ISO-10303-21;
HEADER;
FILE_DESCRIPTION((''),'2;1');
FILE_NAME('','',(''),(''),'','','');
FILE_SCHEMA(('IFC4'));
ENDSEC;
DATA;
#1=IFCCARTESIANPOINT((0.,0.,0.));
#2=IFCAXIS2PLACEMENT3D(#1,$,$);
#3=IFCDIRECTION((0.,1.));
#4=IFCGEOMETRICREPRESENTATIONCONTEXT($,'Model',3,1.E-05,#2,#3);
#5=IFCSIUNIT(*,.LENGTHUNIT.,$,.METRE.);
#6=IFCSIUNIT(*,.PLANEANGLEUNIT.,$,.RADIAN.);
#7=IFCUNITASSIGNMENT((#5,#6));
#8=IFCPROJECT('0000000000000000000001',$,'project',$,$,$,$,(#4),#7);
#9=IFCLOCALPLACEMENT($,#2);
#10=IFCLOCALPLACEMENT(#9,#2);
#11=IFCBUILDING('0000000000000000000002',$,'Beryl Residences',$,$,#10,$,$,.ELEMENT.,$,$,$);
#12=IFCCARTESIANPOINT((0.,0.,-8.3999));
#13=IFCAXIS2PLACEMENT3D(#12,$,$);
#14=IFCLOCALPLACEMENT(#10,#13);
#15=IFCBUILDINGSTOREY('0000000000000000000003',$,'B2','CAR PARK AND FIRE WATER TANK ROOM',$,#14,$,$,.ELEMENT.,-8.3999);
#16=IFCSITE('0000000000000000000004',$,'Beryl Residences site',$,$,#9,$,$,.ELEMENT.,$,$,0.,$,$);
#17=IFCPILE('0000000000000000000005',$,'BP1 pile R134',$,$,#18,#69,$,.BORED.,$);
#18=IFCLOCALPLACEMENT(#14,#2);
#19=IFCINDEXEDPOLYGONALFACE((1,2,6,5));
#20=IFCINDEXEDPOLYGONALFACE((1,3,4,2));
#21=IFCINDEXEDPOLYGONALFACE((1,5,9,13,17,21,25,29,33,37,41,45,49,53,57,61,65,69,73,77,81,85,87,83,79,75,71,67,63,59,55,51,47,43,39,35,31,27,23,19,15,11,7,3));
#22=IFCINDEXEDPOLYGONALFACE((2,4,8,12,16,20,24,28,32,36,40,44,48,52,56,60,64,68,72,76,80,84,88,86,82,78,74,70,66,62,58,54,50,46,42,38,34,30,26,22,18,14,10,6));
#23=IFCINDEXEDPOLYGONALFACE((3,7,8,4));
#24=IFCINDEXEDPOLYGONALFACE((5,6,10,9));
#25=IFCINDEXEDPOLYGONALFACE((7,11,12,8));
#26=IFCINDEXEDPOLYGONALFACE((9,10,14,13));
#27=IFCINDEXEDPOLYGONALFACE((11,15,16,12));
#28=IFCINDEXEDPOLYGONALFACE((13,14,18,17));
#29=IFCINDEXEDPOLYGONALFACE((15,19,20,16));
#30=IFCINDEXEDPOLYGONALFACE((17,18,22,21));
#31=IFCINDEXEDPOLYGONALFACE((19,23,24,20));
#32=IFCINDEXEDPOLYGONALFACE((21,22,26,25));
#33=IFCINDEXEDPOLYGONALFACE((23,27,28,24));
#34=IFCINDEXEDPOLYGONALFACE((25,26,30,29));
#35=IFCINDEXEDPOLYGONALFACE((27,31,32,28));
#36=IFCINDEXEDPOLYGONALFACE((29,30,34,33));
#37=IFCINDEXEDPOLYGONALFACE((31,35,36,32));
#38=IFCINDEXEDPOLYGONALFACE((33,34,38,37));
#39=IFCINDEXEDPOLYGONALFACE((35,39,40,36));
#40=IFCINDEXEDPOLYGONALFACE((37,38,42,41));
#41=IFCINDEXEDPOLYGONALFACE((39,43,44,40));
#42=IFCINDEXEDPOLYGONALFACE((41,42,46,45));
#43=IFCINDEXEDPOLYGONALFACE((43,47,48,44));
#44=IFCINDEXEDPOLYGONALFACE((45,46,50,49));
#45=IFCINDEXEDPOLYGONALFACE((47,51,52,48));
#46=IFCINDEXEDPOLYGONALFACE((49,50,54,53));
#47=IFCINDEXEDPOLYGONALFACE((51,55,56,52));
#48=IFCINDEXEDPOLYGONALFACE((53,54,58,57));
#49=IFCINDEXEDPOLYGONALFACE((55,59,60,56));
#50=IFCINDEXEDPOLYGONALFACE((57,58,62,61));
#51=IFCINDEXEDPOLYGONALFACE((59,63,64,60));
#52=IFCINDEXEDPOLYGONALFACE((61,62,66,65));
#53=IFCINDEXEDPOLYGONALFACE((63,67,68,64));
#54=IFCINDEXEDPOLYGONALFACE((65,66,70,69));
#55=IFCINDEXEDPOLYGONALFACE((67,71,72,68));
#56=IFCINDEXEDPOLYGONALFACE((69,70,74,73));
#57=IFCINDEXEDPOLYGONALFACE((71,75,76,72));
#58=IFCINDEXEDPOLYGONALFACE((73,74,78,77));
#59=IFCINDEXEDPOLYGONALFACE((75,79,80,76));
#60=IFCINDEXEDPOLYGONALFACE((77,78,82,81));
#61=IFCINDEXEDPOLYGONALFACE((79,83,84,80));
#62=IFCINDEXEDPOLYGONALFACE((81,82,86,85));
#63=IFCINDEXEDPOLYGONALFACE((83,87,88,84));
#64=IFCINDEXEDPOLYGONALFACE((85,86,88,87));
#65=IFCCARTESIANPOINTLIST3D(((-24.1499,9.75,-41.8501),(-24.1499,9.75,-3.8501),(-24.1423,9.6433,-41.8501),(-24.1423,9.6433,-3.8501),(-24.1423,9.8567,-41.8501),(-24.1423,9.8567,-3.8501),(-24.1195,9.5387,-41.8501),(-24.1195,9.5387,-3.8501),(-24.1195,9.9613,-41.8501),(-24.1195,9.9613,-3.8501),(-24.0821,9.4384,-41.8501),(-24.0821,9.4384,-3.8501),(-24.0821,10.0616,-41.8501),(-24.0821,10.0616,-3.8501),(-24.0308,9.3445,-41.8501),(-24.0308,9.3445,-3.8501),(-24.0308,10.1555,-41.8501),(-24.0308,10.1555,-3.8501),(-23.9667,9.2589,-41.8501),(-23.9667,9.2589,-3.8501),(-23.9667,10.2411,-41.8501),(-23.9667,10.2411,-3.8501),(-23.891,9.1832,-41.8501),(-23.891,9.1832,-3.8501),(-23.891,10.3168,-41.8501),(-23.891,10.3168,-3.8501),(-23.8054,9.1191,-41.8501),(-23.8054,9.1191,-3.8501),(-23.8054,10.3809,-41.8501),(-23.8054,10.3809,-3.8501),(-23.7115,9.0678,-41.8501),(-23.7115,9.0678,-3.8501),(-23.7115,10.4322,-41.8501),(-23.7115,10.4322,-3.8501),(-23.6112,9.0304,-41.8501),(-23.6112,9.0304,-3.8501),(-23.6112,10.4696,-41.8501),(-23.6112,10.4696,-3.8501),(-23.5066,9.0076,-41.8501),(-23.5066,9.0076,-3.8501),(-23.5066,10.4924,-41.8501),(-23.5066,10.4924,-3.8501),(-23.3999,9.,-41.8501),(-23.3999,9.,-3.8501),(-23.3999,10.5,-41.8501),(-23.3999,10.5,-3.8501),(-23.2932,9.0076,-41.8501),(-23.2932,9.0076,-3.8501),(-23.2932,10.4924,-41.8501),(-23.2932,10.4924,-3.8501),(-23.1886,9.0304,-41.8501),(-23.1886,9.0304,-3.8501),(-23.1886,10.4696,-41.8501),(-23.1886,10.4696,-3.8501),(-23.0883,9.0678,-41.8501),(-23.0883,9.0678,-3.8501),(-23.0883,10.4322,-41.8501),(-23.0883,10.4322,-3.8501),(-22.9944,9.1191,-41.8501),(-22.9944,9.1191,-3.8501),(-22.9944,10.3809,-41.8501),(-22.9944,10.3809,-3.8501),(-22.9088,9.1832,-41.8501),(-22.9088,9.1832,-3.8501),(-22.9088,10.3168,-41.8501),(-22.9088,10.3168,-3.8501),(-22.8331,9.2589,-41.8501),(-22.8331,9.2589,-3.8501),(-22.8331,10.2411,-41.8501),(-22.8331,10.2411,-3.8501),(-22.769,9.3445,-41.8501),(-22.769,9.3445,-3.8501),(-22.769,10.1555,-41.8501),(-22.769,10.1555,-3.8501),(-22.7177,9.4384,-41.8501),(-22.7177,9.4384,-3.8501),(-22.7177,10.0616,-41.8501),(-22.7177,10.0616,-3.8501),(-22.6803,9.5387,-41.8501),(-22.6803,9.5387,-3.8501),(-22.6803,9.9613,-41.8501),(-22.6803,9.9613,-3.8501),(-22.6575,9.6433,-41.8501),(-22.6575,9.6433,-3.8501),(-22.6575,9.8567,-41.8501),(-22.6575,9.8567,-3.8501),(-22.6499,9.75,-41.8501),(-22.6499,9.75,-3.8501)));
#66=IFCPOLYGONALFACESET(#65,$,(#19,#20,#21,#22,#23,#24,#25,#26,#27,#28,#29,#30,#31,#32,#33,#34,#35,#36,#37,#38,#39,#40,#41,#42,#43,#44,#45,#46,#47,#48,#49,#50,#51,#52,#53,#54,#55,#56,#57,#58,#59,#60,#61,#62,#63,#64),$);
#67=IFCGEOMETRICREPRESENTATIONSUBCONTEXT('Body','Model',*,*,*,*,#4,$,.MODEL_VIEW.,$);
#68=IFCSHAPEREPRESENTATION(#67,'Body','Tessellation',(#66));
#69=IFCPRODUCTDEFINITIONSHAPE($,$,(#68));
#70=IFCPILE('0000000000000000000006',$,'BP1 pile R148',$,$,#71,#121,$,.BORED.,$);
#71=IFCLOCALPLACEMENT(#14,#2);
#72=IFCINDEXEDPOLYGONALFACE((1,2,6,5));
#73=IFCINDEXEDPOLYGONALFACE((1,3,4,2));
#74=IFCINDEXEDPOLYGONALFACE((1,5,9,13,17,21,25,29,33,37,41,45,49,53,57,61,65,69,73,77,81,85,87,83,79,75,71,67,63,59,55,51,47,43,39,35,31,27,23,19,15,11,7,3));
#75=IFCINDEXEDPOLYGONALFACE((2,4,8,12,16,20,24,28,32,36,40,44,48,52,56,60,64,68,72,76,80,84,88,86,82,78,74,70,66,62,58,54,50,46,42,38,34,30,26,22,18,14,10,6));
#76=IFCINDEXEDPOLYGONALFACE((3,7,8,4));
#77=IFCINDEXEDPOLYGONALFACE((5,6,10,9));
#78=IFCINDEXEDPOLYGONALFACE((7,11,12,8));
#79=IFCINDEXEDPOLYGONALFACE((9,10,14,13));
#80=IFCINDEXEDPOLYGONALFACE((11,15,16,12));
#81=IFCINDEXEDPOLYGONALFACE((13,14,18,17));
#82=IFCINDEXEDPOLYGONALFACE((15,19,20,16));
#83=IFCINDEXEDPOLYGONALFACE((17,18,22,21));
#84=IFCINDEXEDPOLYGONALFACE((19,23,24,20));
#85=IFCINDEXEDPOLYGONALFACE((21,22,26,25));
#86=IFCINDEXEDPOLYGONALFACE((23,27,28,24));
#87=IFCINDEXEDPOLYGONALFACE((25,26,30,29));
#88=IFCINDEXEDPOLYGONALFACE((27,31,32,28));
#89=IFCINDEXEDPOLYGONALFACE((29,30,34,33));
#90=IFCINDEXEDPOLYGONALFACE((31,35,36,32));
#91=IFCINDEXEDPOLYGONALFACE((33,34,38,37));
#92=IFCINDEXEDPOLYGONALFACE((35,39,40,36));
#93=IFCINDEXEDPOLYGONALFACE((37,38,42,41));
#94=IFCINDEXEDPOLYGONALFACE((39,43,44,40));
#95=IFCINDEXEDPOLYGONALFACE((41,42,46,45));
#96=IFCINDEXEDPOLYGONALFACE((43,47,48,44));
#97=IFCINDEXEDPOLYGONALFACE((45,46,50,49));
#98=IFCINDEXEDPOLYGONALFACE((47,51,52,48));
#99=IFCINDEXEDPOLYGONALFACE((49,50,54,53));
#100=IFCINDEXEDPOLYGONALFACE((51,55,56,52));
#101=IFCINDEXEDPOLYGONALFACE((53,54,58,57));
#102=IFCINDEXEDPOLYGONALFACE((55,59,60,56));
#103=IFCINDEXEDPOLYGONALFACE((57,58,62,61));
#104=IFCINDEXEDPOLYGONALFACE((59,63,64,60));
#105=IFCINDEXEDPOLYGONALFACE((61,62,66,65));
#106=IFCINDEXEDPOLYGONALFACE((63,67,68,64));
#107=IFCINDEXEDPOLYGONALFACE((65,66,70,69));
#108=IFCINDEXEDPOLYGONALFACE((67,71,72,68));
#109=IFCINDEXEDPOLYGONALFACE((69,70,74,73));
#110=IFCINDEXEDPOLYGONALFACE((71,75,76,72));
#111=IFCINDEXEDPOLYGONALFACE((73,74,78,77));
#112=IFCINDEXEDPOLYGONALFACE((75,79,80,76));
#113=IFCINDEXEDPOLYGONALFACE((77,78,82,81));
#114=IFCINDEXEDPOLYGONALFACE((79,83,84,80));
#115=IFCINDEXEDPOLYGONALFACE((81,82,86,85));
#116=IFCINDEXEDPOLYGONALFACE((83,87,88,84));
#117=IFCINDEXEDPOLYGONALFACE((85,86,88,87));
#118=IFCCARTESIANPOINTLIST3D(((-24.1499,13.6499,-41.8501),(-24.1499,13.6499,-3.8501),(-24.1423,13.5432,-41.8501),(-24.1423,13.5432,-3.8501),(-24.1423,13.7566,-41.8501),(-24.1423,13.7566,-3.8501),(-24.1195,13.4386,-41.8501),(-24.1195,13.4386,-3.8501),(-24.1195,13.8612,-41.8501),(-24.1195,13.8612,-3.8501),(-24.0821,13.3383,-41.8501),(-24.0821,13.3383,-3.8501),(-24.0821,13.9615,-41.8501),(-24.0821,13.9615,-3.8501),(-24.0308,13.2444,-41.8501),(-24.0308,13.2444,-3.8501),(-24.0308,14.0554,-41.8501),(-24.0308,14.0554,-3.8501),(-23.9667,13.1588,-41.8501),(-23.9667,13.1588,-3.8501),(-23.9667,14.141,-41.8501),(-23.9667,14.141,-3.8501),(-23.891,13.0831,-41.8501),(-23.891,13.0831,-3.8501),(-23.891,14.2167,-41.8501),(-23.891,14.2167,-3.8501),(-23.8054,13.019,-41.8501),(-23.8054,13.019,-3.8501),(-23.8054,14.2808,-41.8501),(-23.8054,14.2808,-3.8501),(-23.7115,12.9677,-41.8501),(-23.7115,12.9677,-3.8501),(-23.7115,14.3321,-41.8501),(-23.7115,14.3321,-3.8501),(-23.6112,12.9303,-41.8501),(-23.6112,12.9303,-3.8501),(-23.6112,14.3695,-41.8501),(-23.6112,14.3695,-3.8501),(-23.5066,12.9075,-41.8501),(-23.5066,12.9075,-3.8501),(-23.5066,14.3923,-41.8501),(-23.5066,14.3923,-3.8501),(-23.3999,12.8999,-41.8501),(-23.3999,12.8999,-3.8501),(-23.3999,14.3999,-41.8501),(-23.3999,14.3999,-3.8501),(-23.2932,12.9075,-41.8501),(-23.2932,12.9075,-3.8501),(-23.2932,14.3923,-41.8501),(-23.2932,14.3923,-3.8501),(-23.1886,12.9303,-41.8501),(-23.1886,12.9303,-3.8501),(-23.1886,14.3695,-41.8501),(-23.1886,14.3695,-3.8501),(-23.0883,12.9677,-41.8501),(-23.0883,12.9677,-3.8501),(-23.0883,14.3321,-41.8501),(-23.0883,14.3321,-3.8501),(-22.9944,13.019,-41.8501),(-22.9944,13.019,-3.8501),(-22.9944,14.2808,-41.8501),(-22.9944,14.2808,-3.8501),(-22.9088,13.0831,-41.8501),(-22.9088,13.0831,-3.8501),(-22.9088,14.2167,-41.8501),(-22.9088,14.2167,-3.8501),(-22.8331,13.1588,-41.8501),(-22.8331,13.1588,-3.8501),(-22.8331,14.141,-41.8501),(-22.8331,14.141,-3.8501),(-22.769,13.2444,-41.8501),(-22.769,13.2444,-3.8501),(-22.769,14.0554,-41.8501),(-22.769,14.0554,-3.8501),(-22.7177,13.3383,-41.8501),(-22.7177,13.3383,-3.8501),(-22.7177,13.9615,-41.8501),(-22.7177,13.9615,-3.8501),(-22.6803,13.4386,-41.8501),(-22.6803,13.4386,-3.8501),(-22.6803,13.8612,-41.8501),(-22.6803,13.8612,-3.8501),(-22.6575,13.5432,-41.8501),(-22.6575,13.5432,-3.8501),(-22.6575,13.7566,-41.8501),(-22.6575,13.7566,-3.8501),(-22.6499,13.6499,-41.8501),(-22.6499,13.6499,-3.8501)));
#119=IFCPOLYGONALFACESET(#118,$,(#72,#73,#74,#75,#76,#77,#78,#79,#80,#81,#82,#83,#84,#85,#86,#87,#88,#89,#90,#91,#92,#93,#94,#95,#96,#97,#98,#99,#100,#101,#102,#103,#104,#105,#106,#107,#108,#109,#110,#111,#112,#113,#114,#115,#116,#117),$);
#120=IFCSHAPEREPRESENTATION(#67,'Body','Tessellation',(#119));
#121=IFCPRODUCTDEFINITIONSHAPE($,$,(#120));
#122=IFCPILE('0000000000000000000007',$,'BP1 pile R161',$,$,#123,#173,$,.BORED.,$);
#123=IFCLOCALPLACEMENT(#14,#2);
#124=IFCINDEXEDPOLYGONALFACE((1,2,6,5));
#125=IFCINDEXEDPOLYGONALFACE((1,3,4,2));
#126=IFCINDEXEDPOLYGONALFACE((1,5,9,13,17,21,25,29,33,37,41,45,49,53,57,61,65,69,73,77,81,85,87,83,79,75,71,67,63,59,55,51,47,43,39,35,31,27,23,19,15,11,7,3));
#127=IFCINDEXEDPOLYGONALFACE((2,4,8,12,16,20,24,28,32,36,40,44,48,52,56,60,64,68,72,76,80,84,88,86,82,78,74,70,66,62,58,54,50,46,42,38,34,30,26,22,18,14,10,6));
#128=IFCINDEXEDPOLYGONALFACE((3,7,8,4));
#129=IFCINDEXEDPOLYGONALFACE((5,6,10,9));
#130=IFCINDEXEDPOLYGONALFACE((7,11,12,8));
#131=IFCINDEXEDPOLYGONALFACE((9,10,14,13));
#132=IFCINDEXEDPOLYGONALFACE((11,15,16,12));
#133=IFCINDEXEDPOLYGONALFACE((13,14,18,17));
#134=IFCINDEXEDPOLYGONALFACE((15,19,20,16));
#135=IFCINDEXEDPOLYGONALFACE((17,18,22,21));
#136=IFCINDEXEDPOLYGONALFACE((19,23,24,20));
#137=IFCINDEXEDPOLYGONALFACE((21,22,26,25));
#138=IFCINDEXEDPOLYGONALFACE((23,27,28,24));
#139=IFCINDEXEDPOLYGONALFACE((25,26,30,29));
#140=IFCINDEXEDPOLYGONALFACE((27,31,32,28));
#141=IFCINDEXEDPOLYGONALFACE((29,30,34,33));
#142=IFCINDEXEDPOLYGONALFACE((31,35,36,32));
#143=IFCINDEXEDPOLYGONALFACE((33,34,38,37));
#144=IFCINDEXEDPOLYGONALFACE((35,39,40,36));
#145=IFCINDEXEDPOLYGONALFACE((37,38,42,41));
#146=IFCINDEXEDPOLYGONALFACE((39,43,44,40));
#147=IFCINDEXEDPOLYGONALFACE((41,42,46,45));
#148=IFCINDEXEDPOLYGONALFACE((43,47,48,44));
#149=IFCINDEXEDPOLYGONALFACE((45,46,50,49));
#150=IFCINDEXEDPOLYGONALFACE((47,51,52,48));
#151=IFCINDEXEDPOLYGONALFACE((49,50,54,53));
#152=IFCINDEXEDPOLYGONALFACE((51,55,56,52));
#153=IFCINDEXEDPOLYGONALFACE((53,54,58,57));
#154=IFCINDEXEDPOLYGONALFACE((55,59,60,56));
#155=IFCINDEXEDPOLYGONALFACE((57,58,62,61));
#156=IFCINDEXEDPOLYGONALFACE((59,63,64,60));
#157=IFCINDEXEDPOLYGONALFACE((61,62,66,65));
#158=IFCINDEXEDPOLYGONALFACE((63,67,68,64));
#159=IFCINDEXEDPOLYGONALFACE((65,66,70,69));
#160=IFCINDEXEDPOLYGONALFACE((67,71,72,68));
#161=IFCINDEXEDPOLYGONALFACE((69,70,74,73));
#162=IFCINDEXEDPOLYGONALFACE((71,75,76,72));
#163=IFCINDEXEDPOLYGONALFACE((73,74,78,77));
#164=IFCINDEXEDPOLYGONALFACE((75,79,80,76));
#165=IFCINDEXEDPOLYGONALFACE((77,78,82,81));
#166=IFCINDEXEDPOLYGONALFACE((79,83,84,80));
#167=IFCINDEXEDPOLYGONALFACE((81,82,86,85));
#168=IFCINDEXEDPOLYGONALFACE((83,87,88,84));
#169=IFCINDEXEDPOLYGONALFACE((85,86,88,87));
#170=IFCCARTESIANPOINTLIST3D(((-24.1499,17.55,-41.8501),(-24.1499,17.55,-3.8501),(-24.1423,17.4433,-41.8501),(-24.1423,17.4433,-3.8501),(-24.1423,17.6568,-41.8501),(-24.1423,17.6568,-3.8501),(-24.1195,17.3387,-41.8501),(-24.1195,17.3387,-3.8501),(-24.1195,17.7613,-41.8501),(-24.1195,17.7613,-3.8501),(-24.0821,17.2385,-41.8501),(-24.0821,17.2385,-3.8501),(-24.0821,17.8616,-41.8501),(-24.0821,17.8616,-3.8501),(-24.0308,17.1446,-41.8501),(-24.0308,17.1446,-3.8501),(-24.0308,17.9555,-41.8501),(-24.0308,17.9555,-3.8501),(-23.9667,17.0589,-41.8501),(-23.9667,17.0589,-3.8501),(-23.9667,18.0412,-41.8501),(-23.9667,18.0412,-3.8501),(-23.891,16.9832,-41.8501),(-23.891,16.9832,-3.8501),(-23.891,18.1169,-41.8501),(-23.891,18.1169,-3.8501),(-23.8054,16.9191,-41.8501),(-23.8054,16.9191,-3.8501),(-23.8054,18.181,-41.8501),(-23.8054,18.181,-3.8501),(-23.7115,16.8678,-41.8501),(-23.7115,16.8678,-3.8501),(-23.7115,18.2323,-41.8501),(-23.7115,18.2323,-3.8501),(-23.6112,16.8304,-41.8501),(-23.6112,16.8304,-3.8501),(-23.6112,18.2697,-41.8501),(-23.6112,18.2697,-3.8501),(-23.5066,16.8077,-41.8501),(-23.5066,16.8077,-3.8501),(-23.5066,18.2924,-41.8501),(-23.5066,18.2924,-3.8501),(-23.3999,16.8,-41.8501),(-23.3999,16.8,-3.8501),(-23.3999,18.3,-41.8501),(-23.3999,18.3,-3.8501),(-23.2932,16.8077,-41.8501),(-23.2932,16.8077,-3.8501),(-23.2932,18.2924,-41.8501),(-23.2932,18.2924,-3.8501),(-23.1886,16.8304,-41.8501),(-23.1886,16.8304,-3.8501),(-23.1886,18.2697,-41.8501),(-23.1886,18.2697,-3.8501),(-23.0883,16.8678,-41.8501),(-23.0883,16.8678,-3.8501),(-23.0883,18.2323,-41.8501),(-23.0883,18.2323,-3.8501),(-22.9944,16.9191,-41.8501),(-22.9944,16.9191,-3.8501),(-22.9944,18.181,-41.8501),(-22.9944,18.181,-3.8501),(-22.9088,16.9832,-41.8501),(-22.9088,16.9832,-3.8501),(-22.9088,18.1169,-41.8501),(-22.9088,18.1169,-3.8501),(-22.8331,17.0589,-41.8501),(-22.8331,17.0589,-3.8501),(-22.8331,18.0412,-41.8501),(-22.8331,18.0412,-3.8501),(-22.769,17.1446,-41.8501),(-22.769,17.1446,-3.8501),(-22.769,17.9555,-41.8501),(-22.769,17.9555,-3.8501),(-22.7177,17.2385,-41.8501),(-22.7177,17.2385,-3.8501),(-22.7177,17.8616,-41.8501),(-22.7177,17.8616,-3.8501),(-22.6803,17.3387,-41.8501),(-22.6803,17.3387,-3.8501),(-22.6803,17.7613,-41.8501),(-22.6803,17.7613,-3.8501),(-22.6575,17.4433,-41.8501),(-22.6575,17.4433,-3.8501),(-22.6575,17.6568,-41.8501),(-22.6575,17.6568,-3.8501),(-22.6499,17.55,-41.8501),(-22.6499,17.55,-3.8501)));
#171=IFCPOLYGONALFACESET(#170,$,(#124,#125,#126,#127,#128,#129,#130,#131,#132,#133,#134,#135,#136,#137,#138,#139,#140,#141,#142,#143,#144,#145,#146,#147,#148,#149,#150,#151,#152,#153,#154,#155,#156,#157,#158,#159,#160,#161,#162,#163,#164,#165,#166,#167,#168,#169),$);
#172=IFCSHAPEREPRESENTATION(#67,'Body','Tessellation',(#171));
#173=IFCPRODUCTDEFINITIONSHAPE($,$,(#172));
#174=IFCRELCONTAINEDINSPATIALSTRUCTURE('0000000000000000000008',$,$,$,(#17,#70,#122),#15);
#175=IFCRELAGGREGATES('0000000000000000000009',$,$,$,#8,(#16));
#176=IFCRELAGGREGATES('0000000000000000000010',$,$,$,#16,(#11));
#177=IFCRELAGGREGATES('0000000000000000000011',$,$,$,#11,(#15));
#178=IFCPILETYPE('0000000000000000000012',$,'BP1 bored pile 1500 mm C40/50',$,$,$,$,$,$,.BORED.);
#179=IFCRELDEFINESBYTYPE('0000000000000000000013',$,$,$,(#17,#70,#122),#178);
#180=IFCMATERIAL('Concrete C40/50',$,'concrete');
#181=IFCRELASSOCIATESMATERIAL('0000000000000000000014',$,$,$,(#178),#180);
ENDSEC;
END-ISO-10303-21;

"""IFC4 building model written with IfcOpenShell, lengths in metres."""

from ifc_helpers import new_model, si_unit, direction, frame, origin, origin_2d, place, context, subcontext, project, spatial, circle, extrude, material, material_profile, profile_set, type_object, element, save


model = new_model("IFC4")

# Units and contexts
model_context = context("Model", 3, precision=1e-05, world=origin(), true_north=direction((0.0, 1.0)))
body_context = subcontext(model_context, "Body", "Model", "MODEL_VIEW")
ifc_project = project(units=[si_unit("LENGTHUNIT", "METRE"), si_unit("PLANEANGLEUNIT", "RADIAN")], contexts=[model_context])

# Site, building, storey
site_placement = place(None, origin())
site = spatial("IfcSite", under=ifc_project, at=site_placement, Name="Beryl Residences site", CompositionType="ELEMENT", RefElevation=0.0)
building_placement = place(site_placement, origin())
building = spatial("IfcBuilding", under=site, at=building_placement, Name="Beryl Residences", CompositionType="ELEMENT")
storey_placement = place(building_placement, frame((0.0, 0.0, -8.3999)))
storey = spatial("IfcBuildingStorey", under=building, at=storey_placement, Name="B2", Description="CAR PARK AND FIRE WATER TANK ROOM", CompositionType="ELEMENT", Elevation=-8.3999)

# Piles
ifc_material_1 = material(Name="Concrete C40/50", Category="concrete")
ifc_material_profile_1 = material_profile(ifc_material_1, circle(Radius=0.75, at=origin_2d()))
ifc_profile_set_1 = profile_set([ifc_material_profile_1], Name="Concrete C40/50")
pile_type_1 = type_object("IfcPileType", Name="BP1 bored pile 1500 mm C40/50", PredefinedType="BORED", material=ifc_profile_set_1)
for number, where, z_axis, x_axis, name in (
    (1, (-23.3999, 9.75, -3.8501), (0.0, 0.0, -1.0), (1.0, 0.0, 0.0), "BP1 pile R134"),
    (2, (-23.3999, 13.6499, -3.8501), (0.0, 0.0, -1.0), (1.0, 0.0, 0.0), "BP1 pile R148"),
    (3, (-23.3999, 17.55, -3.8501), (0.0, 0.0, -1.0), (1.0, 0.0, 0.0), "BP1 pile R161"),
):
    element("IfcPile", number, at=place(storey_placement, frame(where, z_axis=z_axis, x_axis=x_axis)), inside=storey, type_object=pile_type_1, Name=name, PredefinedType="BORED", context=body_context, shape_type="SweptSolid", body=[
        extrude(circle(Radius=0.75, at=origin_2d()), origin(), (0.0, 0.0, 1.0), 38.0),
    ])

save(model, "model.ifc")
